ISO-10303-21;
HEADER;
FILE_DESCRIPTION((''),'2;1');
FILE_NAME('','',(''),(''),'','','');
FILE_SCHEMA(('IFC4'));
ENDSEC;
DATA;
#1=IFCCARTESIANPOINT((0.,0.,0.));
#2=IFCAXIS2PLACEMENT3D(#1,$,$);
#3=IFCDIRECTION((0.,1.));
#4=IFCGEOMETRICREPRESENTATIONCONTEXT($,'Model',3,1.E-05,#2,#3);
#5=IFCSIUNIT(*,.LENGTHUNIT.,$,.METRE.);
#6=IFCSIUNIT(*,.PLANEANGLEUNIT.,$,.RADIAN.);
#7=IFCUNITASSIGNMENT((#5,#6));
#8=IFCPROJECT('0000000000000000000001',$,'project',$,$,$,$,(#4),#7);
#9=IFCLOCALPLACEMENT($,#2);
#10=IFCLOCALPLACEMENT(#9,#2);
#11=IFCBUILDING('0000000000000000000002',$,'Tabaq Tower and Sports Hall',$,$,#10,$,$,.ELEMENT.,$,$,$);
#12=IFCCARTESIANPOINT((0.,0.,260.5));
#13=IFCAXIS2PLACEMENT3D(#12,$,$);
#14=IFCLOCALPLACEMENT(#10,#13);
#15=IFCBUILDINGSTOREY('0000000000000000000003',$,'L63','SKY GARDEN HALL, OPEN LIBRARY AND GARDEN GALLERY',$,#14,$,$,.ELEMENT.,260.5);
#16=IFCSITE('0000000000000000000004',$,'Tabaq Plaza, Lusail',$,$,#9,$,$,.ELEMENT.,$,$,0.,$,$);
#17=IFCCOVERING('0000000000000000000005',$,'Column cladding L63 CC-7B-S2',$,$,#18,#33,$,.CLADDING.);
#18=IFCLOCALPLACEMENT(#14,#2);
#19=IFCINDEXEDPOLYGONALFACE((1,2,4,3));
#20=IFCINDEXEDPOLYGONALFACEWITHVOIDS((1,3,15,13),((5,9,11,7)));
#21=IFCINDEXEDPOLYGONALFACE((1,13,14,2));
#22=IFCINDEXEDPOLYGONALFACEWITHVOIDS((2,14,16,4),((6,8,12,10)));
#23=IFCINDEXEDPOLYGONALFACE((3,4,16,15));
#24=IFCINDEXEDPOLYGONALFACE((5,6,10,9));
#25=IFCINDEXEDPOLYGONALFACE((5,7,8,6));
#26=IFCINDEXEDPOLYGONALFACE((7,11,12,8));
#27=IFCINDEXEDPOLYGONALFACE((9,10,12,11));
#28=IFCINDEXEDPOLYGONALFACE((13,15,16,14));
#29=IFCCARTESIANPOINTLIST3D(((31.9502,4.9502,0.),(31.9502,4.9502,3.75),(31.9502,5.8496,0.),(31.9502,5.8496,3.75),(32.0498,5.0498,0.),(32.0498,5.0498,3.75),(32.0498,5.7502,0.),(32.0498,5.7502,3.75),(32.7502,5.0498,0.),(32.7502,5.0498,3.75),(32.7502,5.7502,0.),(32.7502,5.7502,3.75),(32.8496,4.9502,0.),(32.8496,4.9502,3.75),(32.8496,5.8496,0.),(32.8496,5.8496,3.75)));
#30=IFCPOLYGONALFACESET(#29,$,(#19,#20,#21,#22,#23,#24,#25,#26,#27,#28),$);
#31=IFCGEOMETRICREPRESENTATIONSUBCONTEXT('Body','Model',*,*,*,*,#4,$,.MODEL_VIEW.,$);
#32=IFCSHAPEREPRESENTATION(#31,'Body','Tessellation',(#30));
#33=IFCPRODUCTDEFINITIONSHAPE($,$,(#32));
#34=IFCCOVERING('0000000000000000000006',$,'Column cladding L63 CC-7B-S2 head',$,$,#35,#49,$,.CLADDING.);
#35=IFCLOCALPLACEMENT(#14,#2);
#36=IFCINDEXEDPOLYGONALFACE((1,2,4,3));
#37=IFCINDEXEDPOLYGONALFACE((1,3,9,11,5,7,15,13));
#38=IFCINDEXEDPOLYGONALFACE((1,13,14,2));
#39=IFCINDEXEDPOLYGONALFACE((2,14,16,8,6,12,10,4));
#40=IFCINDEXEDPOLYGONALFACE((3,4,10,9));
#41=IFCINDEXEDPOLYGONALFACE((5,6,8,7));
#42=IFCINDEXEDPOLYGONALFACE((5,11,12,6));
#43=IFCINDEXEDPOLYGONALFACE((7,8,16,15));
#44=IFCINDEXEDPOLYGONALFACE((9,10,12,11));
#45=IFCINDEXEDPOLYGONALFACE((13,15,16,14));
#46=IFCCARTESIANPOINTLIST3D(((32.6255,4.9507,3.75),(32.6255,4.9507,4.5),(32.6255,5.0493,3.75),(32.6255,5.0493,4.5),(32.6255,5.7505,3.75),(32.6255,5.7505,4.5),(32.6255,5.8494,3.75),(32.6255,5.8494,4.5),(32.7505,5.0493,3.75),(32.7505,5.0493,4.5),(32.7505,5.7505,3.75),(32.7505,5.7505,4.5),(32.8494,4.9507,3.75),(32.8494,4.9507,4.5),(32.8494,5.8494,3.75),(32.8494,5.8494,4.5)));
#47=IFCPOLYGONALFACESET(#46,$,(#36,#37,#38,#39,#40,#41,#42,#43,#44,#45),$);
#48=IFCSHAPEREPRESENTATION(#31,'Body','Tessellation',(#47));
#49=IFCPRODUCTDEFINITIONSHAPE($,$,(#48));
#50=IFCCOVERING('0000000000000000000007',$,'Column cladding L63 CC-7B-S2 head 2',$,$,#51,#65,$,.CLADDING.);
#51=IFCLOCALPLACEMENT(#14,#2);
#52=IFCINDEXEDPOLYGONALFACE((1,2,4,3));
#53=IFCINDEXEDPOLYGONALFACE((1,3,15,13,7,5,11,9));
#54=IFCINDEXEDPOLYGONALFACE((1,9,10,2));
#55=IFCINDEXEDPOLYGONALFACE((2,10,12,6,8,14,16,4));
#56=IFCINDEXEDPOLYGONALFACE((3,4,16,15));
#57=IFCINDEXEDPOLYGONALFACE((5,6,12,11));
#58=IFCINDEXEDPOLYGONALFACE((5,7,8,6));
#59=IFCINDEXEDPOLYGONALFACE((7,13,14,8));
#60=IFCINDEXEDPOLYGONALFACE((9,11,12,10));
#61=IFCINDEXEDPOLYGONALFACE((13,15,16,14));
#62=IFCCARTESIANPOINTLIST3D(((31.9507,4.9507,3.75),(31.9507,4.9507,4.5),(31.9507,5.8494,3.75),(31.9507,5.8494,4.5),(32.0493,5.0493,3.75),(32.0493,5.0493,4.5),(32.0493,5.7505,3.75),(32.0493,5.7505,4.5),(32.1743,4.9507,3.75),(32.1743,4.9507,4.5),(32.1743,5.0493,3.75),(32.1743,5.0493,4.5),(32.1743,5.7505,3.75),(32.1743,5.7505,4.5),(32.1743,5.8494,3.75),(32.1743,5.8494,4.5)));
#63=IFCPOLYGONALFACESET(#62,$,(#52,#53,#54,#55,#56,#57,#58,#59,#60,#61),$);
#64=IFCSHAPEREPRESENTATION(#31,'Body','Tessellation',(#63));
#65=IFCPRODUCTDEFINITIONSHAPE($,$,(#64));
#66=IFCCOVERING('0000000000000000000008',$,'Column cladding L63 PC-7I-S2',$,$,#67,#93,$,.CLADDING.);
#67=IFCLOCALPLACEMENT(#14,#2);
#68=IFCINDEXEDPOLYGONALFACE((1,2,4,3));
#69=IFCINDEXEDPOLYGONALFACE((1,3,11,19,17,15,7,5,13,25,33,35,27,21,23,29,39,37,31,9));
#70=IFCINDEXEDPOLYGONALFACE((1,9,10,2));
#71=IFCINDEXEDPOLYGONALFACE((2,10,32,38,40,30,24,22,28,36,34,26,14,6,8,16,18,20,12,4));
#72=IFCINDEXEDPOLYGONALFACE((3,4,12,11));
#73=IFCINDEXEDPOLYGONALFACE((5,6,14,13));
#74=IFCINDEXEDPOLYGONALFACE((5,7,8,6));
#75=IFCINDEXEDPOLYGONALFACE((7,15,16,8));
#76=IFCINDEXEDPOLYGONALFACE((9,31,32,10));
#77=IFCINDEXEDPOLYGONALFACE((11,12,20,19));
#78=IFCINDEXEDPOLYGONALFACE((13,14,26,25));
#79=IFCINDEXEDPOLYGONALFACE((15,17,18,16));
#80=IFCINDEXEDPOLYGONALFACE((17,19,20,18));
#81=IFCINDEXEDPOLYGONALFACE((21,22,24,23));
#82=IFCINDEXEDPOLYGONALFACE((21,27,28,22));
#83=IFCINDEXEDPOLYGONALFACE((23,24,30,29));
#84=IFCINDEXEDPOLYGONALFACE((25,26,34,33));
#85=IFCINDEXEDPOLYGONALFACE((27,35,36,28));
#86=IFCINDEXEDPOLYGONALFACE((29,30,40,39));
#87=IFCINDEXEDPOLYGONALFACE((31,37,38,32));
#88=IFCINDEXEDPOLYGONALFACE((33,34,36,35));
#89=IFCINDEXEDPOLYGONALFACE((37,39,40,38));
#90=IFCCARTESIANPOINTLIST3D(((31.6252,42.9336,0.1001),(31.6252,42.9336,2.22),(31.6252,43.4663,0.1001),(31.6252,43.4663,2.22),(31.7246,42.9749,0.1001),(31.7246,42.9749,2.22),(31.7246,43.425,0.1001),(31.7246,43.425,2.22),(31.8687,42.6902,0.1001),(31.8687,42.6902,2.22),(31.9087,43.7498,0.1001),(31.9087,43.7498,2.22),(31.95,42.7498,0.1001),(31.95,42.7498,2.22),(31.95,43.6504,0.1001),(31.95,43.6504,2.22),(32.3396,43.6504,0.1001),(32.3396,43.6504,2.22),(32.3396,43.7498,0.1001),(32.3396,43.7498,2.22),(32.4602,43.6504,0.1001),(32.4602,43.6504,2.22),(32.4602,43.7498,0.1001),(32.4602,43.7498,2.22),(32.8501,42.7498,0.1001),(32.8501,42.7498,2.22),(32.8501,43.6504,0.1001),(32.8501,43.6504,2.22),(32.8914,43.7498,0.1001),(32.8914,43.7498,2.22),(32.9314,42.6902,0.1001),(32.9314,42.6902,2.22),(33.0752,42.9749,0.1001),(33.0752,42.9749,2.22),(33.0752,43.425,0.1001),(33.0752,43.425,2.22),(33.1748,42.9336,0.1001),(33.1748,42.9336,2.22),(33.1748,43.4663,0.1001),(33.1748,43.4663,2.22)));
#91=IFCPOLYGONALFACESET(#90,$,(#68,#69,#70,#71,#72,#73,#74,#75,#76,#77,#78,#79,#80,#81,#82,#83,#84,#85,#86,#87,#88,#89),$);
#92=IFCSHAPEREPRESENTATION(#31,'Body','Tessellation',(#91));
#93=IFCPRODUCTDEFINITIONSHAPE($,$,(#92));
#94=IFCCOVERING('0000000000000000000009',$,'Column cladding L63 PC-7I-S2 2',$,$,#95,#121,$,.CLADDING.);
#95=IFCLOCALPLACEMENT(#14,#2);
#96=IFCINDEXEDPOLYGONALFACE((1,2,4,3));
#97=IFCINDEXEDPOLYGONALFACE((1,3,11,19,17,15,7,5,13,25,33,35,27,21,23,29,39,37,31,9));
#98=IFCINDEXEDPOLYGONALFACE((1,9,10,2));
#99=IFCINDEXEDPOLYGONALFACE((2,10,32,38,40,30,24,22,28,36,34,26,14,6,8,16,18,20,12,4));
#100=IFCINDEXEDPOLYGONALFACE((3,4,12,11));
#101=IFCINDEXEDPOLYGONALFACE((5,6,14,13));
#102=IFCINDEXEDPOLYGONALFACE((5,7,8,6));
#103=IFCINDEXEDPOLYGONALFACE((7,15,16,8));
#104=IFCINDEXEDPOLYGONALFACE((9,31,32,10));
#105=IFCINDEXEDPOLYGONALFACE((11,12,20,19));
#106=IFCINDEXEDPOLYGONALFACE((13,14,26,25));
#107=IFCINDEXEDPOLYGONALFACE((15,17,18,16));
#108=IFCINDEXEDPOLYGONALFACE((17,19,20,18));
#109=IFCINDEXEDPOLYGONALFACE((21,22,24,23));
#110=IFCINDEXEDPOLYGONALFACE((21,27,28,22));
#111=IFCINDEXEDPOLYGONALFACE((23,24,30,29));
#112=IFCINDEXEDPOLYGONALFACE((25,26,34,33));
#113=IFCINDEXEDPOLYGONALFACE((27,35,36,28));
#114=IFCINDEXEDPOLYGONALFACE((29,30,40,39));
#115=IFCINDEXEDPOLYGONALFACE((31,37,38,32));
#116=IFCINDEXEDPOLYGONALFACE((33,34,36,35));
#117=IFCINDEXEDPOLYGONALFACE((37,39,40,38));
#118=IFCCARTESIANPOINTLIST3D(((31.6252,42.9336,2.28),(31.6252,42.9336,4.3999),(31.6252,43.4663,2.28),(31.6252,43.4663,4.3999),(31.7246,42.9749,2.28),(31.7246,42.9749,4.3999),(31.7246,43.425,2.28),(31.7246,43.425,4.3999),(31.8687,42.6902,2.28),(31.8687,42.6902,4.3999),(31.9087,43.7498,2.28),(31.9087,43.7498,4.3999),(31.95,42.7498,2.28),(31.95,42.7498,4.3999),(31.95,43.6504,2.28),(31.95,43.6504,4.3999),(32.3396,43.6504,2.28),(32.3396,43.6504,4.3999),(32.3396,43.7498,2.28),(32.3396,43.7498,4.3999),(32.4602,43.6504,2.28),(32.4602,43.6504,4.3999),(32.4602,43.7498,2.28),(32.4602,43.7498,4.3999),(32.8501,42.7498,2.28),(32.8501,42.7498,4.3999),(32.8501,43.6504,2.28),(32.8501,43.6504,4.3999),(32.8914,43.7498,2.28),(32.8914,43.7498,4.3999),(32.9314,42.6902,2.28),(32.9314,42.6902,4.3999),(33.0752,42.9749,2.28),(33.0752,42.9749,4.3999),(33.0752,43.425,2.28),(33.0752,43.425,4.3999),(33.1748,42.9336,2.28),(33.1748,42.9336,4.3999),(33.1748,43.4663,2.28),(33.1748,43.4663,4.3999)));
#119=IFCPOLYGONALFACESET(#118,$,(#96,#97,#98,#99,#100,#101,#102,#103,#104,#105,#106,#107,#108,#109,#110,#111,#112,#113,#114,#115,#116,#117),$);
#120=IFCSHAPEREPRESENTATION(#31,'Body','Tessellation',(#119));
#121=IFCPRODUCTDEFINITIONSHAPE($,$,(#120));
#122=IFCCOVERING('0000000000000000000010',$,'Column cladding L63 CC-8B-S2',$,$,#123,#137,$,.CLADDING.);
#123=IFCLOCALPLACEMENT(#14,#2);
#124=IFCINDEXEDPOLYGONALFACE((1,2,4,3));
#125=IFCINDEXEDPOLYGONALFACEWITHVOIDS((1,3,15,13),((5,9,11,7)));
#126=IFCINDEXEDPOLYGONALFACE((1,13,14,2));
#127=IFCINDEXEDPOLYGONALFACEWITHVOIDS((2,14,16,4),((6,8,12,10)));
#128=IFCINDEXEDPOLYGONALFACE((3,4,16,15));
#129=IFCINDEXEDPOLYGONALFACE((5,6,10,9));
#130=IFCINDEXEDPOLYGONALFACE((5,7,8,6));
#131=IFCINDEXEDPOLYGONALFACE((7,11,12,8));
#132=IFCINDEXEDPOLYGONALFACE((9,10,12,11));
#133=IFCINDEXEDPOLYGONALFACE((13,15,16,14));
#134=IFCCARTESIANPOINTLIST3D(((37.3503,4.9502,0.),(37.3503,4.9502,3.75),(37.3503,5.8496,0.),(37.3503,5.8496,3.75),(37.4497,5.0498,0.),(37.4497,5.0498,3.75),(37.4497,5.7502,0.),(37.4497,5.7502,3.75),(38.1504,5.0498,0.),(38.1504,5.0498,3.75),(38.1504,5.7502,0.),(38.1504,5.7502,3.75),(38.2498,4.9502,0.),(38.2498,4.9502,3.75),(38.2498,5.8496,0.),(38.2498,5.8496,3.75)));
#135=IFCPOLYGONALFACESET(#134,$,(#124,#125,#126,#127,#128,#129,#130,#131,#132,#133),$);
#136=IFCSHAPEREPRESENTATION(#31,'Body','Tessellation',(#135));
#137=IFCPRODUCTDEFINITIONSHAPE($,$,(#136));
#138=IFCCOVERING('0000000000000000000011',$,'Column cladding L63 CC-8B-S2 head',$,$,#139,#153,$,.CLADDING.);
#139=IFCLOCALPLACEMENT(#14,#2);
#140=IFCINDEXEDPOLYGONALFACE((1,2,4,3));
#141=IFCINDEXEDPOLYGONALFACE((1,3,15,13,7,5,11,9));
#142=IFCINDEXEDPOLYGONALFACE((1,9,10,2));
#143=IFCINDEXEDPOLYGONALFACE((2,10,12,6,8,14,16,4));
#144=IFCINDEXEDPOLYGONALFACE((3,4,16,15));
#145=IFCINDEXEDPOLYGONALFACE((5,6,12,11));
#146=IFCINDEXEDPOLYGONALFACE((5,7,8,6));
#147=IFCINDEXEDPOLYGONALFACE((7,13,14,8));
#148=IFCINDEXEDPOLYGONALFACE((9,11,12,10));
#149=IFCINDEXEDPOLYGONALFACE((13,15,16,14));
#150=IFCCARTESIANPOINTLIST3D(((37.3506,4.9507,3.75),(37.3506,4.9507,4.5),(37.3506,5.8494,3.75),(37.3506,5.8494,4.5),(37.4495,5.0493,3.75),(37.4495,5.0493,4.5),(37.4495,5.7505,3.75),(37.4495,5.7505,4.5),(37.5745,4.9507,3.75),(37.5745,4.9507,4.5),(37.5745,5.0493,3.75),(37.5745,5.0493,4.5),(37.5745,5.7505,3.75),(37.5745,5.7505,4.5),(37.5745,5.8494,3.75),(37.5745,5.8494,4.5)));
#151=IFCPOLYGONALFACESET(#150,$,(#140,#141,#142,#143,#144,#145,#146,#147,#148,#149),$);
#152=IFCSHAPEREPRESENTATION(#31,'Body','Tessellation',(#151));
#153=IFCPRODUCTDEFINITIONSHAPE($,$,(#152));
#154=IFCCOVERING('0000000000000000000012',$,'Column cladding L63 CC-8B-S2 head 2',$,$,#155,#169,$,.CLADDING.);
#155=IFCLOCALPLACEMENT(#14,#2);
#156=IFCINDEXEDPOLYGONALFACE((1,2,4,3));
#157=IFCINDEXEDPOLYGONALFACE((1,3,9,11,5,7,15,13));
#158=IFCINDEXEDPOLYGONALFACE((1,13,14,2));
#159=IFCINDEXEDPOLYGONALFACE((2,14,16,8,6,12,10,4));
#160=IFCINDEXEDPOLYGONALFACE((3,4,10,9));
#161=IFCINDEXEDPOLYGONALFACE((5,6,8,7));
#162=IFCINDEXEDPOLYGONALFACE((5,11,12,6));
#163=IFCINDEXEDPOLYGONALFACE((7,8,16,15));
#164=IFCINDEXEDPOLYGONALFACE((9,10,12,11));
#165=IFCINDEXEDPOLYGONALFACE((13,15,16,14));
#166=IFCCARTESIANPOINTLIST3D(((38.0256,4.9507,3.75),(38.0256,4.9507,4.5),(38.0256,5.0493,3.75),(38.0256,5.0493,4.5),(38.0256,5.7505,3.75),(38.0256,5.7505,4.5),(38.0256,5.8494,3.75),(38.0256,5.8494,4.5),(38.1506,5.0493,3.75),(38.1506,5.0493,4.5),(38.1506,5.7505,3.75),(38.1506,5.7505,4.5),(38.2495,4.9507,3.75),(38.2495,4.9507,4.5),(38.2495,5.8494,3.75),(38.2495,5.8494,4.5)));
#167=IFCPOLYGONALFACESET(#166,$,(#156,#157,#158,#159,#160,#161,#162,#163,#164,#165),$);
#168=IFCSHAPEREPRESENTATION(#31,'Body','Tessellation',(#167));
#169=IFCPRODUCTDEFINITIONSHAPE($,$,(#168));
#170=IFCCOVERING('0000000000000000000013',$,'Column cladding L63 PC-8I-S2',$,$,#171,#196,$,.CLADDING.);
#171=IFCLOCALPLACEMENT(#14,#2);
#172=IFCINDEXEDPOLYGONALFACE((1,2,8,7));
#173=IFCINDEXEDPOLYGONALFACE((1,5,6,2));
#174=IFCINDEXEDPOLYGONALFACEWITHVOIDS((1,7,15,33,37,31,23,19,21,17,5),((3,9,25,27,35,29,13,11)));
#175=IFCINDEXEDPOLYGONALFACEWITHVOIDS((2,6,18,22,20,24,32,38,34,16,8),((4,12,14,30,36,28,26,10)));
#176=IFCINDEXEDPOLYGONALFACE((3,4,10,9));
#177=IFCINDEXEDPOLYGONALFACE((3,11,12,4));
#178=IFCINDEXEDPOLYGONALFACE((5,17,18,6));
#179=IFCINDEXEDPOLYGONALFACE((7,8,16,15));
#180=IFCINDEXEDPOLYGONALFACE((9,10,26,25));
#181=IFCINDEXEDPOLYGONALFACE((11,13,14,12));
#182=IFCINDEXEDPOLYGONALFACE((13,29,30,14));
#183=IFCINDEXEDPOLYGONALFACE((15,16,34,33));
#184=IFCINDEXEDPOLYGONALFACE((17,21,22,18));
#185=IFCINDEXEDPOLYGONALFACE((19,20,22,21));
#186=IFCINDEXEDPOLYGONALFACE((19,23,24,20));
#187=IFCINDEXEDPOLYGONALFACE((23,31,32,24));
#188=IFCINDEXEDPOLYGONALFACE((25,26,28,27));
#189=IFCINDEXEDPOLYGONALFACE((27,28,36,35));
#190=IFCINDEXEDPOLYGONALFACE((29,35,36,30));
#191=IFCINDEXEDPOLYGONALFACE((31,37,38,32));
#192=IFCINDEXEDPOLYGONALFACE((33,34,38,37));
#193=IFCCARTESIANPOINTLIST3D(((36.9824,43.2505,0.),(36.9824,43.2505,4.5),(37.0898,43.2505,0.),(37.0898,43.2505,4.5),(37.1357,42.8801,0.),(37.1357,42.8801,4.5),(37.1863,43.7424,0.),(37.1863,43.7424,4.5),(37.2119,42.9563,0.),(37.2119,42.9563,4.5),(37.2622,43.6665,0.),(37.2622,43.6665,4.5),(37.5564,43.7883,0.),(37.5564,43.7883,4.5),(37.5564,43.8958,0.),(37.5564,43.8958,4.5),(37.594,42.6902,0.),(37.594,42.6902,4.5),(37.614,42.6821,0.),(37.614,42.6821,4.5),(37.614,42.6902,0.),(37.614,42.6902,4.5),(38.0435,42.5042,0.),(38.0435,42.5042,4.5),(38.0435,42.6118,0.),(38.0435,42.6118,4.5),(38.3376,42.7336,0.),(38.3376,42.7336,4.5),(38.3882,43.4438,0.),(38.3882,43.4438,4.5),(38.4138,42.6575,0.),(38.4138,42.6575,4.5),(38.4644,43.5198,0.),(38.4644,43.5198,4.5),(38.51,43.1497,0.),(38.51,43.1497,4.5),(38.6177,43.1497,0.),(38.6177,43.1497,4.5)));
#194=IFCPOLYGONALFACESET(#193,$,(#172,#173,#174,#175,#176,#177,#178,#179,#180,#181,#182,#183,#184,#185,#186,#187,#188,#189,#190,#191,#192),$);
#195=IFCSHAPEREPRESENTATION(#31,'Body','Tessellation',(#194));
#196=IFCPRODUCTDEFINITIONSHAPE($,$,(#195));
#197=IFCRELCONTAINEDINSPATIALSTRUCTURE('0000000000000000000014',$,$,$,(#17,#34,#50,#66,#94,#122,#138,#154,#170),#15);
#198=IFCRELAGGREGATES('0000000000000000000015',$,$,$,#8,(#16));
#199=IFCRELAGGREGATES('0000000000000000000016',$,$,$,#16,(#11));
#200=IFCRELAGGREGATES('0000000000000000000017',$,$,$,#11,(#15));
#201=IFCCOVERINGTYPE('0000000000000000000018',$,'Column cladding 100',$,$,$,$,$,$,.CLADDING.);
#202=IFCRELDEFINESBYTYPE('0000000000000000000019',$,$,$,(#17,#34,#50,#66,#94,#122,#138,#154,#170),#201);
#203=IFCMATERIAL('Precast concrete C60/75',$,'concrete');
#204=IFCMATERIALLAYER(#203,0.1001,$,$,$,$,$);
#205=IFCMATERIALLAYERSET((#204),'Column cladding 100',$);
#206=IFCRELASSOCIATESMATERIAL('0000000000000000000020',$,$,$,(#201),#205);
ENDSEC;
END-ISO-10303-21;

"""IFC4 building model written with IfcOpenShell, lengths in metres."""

from ifc_helpers import new_model, si_unit, direction, frame, origin, place, context, subcontext, project, spatial, polyline, outline, extrude, material, layer, layer_set, type_object, element, save


model = new_model("IFC4")

# Units and contexts
model_context = context("Model", 3, precision=1e-05, world=origin(), true_north=direction((0.0, 1.0)))
body_context = subcontext(model_context, "Body", "Model", "MODEL_VIEW")
ifc_project = project(units=[si_unit("LENGTHUNIT", "METRE"), si_unit("PLANEANGLEUNIT", "RADIAN")], contexts=[model_context])

# Site, building, storey
site_placement = place(None, origin())
site = spatial("IfcSite", under=ifc_project, at=site_placement, Name="Tabaq Plaza, Lusail", CompositionType="ELEMENT", RefElevation=0.0)
building_placement = place(site_placement, origin())
building = spatial("IfcBuilding", under=site, at=building_placement, Name="Tabaq Tower and Sports Hall", CompositionType="ELEMENT")
storey_placement = place(building_placement, frame((0.0, 0.0, 260.5)))
storey = spatial("IfcBuildingStorey", under=building, at=storey_placement, Name="L63", Description="SKY GARDEN HALL, OPEN LIBRARY AND GARDEN GALLERY", CompositionType="ELEMENT", Elevation=260.5)

# Coverings
ifc_material_1 = material(Name="Precast concrete C60/75", Category="concrete")
ifc_layer_1 = layer(ifc_material_1, 0.1001)
ifc_layer_set_1 = layer_set([ifc_layer_1], Name="Column cladding 100")
covering_type = type_object("IfcCoveringType", Name="Column cladding 100", PredefinedType="CLADDING", material=ifc_layer_set_1)
covering_1_placement = place(storey_placement, origin())
element("IfcCovering", 1, at=covering_1_placement, inside=storey, type_object=covering_type, Name="Column cladding L63 CC-7B-S2", PredefinedType="CLADDING", context=body_context, shape_type="SweptSolid", body=[
    extrude(outline(polyline([(31.9502, 5.8496), (32.8496, 5.8496), (32.8496, 4.9502), (31.9502, 4.9502), (31.9502, 5.8496)]), holes=[polyline([(32.7502, 5.0498), (32.7502, 5.7502), (32.0498, 5.7502), (32.0498, 5.0498), (32.7502, 5.0498)])]), origin(), (0.0, 0.0, 1.0), 3.75),
])
covering_2_placement = place(storey_placement, frame((0.0, 0.0, 3.75)))
element("IfcCovering", 2, at=covering_2_placement, inside=storey, type_object=covering_type, Name="Column cladding L63 CC-7B-S2 head", PredefinedType="CLADDING", context=body_context, shape_type="SweptSolid", body=[
    extrude(outline(polyline([(32.6255, 5.0493), (32.7505, 5.0493), (32.7505, 5.7505), (32.6255, 5.7505), (32.6255, 5.8494), (32.8494, 5.8494), (32.8494, 4.9507), (32.6255, 4.9507), (32.6255, 5.0493)])), origin(), (0.0, 0.0, 1.0), 0.75),
])
covering_3_placement = place(storey_placement, frame((0.0, 0.0, 3.75)))
element("IfcCovering", 3, at=covering_3_placement, inside=storey, type_object=covering_type, Name="Column cladding L63 CC-7B-S2 head 2", PredefinedType="CLADDING", context=body_context, shape_type="SweptSolid", body=[
    extrude(outline(polyline([(32.1743, 5.0493), (32.1743, 4.9507), (31.9507, 4.9507), (31.9507, 5.8494), (32.1743, 5.8494), (32.1743, 5.7505), (32.0493, 5.7505), (32.0493, 5.0493), (32.1743, 5.0493)])), origin(), (0.0, 0.0, 1.0), 0.75),
])
for number, where, name in (
    (4, (0.0, 0.0, 0.1001), "Column cladding L63 PC-7I-S2"),
    (5, (0.0, 0.0, 2.28), "Column cladding L63 PC-7I-S2 2"),
):
    element("IfcCovering", number, at=place(storey_placement, frame(where)), inside=storey, type_object=covering_type, Name=name, PredefinedType="CLADDING", context=body_context, shape_type="SweptSolid", body=[
        extrude(outline(polyline([(31.6252, 43.4663), (31.9087, 43.7498), (32.3396, 43.7498), (32.3396, 43.6504), (31.95, 43.6504), (31.7246, 43.425), (31.7246, 42.9749), (31.95, 42.7498), (32.8501, 42.7498), (33.0752, 42.9749), (33.0752, 43.425), (32.8501, 43.6504), (32.4602, 43.6504), (32.4602, 43.7498), (32.8914, 43.7498), (33.1748, 43.4663), (33.1748, 42.9336), (32.9314, 42.6902), (31.8687, 42.6902), (31.6252, 42.9336), (31.6252, 43.4663)])), origin(), (0.0, 0.0, 1.0), 2.1199),
    ])
covering_4_placement = place(storey_placement, origin())
element("IfcCovering", 6, at=covering_4_placement, inside=storey, type_object=covering_type, Name="Column cladding L63 CC-8B-S2", PredefinedType="CLADDING", context=body_context, shape_type="SweptSolid", body=[
    extrude(outline(polyline([(37.3503, 5.8496), (38.2498, 5.8496), (38.2498, 4.9502), (37.3503, 4.9502), (37.3503, 5.8496)]), holes=[polyline([(38.1504, 5.0498), (38.1504, 5.7502), (37.4497, 5.7502), (37.4497, 5.0498), (38.1504, 5.0498)])]), origin(), (0.0, 0.0, 1.0), 3.75),
])
covering_5_placement = place(storey_placement, frame((0.0, 0.0, 3.75)))
element("IfcCovering", 7, at=covering_5_placement, inside=storey, type_object=covering_type, Name="Column cladding L63 CC-8B-S2 head", PredefinedType="CLADDING", context=body_context, shape_type="SweptSolid", body=[
    extrude(outline(polyline([(37.5745, 5.0493), (37.5745, 4.9507), (37.3506, 4.9507), (37.3506, 5.8494), (37.5745, 5.8494), (37.5745, 5.7505), (37.4495, 5.7505), (37.4495, 5.0493), (37.5745, 5.0493)])), origin(), (0.0, 0.0, 1.0), 0.75),
])
covering_6_placement = place(storey_placement, frame((0.0, 0.0, 3.75)))
element("IfcCovering", 8, at=covering_6_placement, inside=storey, type_object=covering_type, Name="Column cladding L63 CC-8B-S2 head 2", PredefinedType="CLADDING", context=body_context, shape_type="SweptSolid", body=[
    extrude(outline(polyline([(38.0256, 5.0493), (38.1506, 5.0493), (38.1506, 5.7505), (38.0256, 5.7505), (38.0256, 5.8494), (38.2495, 5.8494), (38.2495, 4.9507), (38.0256, 4.9507), (38.0256, 5.0493)])), origin(), (0.0, 0.0, 1.0), 0.75),
])
covering_7_placement = place(storey_placement, origin())
element("IfcCovering", 9, at=covering_7_placement, inside=storey, type_object=covering_type, Name="Column cladding L63 PC-8I-S2", PredefinedType="CLADDING", context=body_context, shape_type="SweptSolid", body=[
    extrude(outline(polyline([(38.4138, 42.6575), (38.0435, 42.5042), (37.614, 42.6821), (37.614, 42.6902), (37.594, 42.6902), (37.1357, 42.8801), (36.9824, 43.2505), (37.1863, 43.7424), (37.5564, 43.8958), (38.4644, 43.5198), (38.6177, 43.1497), (38.4138, 42.6575)]), holes=[polyline([(37.2622, 43.6665), (37.0898, 43.2505), (37.2119, 42.9563), (38.0435, 42.6118), (38.3376, 42.7336), (38.51, 43.1497), (38.3882, 43.4438), (37.5564, 43.7883), (37.2622, 43.6665)])]), origin(), (0.0, 0.0, 1.0), 4.5),
])

save(model, "model.ifc")
